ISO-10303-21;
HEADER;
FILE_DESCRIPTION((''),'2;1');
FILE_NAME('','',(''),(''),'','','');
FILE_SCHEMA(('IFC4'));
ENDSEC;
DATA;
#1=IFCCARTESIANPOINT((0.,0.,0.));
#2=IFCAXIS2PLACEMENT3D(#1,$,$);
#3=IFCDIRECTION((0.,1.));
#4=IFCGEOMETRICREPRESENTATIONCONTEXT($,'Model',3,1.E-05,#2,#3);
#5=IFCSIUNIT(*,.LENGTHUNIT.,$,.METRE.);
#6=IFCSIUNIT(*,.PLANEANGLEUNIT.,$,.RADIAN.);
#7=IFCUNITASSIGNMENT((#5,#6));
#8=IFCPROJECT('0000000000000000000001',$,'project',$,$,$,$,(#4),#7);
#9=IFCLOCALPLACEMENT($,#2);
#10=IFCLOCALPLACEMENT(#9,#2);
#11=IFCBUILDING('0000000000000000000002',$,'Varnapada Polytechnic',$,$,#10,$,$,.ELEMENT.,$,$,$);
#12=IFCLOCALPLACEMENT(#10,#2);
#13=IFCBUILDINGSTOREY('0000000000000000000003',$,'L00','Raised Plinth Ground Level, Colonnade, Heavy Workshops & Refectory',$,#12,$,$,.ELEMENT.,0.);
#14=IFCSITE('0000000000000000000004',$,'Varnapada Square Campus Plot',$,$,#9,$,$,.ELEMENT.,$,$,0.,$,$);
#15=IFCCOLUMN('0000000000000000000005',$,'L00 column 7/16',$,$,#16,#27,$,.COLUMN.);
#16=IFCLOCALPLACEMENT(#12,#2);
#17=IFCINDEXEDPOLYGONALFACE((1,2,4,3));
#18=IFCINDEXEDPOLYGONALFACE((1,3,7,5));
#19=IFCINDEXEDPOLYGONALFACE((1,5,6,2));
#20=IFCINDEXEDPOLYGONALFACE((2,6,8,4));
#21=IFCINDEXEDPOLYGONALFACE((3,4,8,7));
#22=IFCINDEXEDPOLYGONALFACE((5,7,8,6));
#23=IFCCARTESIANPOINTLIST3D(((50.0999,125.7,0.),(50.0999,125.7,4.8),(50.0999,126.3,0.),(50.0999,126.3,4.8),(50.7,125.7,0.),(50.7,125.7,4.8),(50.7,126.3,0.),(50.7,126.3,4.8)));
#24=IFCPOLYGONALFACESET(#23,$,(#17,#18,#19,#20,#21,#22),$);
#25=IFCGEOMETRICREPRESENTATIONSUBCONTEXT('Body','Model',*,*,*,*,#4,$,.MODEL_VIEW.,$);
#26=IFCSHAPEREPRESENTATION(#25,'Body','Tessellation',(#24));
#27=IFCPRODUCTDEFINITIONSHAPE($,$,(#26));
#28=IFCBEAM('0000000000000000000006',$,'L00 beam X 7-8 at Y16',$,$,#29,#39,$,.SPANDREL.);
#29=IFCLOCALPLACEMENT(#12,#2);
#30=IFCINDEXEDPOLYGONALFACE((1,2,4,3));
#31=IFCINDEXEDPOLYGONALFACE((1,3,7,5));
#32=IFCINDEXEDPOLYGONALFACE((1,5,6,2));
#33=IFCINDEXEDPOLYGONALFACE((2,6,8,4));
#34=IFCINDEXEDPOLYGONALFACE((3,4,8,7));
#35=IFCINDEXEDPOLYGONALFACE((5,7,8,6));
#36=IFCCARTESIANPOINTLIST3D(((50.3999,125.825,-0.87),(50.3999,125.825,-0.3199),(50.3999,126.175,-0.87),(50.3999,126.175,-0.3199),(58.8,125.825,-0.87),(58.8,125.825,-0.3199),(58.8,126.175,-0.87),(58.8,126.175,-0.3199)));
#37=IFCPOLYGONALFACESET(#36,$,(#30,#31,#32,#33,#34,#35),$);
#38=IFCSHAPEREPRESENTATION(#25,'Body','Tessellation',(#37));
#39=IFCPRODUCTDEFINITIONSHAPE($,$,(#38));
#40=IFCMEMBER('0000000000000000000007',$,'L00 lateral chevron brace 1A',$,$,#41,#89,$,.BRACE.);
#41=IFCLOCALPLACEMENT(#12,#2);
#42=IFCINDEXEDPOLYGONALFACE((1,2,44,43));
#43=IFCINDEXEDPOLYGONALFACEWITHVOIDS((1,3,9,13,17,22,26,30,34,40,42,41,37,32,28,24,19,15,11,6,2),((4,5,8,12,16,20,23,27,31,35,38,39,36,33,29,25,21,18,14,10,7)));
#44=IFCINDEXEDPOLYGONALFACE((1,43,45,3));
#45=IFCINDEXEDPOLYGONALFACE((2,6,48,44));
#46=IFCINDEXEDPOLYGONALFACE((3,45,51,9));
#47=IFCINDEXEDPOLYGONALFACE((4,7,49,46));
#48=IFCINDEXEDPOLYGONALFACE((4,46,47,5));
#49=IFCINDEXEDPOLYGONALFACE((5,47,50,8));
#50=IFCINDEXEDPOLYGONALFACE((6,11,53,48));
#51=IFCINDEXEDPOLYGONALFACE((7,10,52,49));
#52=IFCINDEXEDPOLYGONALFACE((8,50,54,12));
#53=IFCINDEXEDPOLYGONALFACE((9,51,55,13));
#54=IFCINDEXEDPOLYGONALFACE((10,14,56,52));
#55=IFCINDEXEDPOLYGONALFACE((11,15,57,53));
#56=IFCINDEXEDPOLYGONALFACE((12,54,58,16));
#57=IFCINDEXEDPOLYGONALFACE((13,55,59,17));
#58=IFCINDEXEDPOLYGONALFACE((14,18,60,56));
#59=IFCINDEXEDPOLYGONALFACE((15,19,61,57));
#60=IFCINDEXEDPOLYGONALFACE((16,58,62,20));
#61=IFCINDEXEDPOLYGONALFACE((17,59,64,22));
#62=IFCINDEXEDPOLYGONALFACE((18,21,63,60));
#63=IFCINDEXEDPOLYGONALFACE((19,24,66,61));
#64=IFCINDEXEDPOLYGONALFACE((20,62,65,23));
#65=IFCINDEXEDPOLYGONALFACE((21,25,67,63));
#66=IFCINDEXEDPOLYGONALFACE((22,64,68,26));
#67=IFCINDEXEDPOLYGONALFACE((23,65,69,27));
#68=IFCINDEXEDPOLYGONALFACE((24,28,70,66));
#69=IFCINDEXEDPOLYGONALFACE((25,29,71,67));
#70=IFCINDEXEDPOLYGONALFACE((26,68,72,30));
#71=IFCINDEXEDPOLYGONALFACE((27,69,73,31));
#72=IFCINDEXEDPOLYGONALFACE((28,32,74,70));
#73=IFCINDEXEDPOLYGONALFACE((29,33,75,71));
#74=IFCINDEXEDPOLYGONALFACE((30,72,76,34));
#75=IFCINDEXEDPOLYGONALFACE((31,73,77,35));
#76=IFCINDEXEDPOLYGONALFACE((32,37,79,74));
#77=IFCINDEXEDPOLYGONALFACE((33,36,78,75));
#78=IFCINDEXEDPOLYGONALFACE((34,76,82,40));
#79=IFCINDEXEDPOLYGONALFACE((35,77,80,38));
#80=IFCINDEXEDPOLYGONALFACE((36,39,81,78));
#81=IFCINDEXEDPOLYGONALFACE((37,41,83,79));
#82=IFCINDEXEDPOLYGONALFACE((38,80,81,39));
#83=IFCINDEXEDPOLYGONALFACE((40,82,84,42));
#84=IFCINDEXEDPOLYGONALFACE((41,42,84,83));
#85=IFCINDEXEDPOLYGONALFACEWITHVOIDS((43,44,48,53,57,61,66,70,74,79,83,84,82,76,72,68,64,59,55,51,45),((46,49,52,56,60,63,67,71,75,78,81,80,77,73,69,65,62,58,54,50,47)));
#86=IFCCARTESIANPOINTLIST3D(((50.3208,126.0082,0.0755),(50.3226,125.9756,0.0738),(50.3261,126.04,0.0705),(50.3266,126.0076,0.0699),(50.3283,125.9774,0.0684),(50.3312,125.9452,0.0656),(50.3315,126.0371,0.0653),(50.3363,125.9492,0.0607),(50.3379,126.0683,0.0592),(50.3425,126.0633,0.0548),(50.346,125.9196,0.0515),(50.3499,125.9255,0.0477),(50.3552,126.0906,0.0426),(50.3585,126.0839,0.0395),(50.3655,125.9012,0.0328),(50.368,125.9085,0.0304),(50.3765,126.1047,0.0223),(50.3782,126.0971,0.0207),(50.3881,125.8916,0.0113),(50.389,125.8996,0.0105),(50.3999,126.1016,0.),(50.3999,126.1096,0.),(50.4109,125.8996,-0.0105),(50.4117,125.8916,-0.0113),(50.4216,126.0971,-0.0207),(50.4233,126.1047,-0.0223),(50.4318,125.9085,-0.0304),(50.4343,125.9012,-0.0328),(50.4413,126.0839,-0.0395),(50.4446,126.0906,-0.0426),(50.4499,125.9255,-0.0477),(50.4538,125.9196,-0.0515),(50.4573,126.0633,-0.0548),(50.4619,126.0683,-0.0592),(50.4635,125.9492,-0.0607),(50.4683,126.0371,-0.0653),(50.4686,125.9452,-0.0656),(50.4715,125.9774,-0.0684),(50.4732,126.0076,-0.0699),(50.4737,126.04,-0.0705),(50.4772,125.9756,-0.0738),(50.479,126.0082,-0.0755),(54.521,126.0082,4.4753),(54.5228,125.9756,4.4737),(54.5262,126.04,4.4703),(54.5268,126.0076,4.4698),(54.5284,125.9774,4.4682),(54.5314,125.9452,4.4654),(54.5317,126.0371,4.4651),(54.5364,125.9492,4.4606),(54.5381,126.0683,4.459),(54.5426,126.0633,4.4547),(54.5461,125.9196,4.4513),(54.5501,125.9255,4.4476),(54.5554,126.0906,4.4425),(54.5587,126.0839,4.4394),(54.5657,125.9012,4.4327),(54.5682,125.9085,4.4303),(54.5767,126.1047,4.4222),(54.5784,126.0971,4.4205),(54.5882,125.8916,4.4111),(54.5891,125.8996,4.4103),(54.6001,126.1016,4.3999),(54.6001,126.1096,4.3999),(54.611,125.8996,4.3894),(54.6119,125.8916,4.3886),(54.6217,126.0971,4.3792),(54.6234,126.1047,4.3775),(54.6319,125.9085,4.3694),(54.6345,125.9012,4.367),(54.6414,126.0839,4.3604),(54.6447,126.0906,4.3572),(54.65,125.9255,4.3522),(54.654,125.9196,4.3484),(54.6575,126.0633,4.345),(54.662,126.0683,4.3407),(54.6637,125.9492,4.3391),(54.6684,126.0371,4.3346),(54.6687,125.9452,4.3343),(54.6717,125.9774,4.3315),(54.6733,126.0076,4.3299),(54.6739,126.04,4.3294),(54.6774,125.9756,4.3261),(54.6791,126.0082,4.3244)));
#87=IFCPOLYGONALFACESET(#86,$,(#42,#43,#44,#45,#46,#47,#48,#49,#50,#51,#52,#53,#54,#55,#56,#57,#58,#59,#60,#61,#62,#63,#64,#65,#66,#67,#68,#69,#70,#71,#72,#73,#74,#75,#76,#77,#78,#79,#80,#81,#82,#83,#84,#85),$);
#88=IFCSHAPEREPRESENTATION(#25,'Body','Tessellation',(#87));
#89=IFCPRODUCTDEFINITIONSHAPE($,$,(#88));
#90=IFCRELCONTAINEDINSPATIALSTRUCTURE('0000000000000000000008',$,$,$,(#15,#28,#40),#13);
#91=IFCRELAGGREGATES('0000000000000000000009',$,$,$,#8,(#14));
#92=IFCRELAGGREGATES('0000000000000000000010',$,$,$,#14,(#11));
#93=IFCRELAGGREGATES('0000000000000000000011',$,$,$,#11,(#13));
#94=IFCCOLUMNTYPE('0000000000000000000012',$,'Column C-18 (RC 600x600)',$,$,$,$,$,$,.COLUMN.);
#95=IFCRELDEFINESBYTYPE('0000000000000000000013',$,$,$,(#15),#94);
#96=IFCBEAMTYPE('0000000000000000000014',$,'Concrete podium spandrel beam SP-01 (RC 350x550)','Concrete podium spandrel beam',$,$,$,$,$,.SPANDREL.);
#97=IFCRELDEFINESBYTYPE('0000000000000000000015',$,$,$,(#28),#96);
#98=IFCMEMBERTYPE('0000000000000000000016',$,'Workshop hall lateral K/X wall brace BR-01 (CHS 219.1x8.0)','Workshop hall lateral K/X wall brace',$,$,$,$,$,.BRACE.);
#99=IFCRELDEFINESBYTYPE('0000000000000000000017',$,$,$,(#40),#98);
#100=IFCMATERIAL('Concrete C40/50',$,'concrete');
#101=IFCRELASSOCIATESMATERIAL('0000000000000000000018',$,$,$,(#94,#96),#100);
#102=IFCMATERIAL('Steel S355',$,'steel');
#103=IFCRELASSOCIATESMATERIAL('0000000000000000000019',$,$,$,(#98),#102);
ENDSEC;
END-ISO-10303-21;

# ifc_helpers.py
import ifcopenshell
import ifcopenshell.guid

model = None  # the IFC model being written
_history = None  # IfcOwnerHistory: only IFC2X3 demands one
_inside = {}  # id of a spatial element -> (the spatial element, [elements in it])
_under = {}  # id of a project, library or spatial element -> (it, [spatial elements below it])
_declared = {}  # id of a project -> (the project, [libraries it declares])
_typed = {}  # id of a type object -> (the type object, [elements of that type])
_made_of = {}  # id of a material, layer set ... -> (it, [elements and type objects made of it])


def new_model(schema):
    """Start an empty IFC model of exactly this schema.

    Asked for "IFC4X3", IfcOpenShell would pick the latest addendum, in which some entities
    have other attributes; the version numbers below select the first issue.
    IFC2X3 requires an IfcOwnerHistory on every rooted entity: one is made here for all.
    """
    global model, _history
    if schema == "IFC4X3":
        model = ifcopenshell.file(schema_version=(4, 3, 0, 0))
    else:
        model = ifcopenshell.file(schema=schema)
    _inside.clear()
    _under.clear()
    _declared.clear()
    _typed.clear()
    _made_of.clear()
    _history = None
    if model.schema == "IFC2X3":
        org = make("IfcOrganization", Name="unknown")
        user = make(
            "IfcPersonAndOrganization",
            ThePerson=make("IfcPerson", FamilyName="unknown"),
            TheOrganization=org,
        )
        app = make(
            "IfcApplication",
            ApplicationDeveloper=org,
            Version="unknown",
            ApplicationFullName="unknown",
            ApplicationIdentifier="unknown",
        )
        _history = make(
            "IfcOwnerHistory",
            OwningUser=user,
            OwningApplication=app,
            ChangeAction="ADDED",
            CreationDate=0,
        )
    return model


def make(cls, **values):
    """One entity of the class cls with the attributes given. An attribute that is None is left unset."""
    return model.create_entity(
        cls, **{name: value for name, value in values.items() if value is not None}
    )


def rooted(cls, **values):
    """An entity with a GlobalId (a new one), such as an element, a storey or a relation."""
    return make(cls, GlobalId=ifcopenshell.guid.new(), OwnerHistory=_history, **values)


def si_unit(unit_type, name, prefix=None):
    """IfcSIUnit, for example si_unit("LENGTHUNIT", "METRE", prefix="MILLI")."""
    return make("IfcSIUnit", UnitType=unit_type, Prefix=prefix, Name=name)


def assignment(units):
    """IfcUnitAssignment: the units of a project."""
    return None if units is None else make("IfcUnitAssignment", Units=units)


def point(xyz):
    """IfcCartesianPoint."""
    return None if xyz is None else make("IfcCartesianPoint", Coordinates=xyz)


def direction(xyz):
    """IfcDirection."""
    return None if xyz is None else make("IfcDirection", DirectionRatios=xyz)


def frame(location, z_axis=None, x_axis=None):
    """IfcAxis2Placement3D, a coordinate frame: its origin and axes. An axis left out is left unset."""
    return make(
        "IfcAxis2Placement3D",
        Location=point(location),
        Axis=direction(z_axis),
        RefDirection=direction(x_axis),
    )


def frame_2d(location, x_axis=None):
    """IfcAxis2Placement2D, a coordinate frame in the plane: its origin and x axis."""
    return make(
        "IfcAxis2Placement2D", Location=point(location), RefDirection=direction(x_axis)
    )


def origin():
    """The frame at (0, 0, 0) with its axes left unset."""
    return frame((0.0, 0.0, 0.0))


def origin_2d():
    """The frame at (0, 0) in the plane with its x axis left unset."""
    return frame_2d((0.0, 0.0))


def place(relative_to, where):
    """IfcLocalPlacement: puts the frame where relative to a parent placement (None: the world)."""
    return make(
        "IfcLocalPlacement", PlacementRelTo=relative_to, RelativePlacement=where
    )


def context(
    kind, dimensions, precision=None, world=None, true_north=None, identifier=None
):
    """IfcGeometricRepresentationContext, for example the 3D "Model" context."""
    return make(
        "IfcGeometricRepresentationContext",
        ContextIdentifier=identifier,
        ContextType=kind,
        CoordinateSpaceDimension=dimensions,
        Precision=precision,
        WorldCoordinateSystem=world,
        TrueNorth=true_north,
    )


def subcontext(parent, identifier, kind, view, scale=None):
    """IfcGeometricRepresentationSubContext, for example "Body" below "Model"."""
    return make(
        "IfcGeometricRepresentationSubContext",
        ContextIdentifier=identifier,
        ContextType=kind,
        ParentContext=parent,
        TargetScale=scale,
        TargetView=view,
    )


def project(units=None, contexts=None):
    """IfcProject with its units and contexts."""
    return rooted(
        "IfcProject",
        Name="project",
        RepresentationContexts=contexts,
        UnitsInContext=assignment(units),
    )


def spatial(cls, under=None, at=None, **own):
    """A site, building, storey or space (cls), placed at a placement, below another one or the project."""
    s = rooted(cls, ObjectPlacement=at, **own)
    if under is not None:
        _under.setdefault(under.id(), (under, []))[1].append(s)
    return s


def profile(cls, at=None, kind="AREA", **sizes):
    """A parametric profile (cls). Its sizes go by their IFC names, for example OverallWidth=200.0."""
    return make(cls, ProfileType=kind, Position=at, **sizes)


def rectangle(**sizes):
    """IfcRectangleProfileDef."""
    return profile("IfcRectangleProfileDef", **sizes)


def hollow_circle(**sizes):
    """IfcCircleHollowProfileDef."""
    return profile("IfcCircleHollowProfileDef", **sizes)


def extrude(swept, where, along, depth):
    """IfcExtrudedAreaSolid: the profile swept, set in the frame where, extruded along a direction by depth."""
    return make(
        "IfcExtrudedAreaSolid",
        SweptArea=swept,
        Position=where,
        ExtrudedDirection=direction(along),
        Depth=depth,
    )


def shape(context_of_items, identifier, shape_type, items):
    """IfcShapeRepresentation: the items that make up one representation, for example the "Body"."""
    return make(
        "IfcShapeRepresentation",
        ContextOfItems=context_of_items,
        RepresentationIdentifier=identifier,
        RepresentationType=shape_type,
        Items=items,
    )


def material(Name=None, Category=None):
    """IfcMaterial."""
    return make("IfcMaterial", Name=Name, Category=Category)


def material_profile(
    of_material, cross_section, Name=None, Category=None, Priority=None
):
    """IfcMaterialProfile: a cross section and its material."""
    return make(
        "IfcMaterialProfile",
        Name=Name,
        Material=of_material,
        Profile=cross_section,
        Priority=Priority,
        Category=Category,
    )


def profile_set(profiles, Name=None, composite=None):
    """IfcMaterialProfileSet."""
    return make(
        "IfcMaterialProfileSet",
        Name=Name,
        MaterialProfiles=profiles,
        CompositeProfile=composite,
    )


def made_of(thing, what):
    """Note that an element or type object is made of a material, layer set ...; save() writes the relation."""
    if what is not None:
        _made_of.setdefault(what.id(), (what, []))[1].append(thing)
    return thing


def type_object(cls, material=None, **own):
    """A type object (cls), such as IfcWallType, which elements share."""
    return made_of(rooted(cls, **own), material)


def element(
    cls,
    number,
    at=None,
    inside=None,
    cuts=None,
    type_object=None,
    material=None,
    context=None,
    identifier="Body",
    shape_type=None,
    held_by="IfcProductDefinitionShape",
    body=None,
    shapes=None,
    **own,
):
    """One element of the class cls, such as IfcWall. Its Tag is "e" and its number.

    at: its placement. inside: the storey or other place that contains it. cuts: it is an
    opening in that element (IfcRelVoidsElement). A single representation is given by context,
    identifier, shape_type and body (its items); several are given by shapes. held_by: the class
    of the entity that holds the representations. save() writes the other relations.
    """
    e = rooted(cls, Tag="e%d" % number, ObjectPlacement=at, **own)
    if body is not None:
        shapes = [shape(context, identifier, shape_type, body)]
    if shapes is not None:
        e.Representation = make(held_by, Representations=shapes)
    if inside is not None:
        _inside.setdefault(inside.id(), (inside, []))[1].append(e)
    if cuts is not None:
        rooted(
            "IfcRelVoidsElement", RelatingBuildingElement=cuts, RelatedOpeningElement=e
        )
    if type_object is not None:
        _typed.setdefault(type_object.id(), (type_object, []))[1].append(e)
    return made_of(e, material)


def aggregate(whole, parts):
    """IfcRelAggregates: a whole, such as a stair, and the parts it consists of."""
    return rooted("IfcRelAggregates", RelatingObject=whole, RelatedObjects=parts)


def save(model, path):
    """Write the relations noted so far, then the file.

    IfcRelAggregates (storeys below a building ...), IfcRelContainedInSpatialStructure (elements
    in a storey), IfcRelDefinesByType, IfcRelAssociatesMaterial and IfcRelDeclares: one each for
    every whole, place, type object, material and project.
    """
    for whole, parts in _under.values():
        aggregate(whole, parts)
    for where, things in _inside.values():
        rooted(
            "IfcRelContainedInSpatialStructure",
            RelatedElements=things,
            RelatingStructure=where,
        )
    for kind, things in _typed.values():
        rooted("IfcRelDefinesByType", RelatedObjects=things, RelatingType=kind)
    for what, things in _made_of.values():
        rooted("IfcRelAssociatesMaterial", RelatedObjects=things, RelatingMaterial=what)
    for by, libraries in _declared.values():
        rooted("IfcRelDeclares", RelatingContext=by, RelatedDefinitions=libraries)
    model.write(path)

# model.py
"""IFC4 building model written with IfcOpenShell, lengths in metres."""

from ifc_helpers import new_model, si_unit, direction, frame, origin, origin_2d, place, context, subcontext, project, spatial, rectangle, hollow_circle, extrude, material, material_profile, profile_set, type_object, element, save


model = new_model("IFC4")

# Units and contexts
model_context = context("Model", 3, precision=1e-05, world=origin(), true_north=direction((0.0, 1.0)))
body_context = subcontext(model_context, "Body", "Model", "MODEL_VIEW")
ifc_project = project(units=[si_unit("LENGTHUNIT", "METRE"), si_unit("PLANEANGLEUNIT", "RADIAN")], contexts=[model_context])

# Site, building, storey
site_placement = place(None, origin())
site = spatial("IfcSite", under=ifc_project, at=site_placement, Name="Varnapada Square Campus Plot", CompositionType="ELEMENT", RefElevation=0.0)
building_placement = place(site_placement, origin())
building = spatial("IfcBuilding", under=site, at=building_placement, Name="Varnapada Polytechnic", CompositionType="ELEMENT")
storey_placement = place(building_placement, origin())
storey = spatial("IfcBuildingStorey", under=building, at=storey_placement, Name="L00", Description="Raised Plinth Ground Level, Colonnade, Heavy Workshops & Refectory", CompositionType="ELEMENT", Elevation=0.0)

# Column
ifc_material_1 = material(Name="Concrete C40/50", Category="concrete")
ifc_material_profile_1 = material_profile(ifc_material_1, rectangle(XDim=0.6001, YDim=0.6001, at=origin_2d()), Name="RC 600x600")
ifc_profile_set_1 = profile_set([ifc_material_profile_1], Name="Concrete C40/50")
column_type = type_object("IfcColumnType", Name="Column C-18 (RC 600x600)", PredefinedType="COLUMN", material=ifc_profile_set_1)
column_placement = place(storey_placement, frame((50.3999, 126.0, 0.0), z_axis=(0.0, 0.0, 1.0), x_axis=(1.0, 0.0, 0.0)))
element("IfcColumn", 1, at=column_placement, inside=storey, type_object=column_type, Name="L00 column 7/16", PredefinedType="COLUMN", context=body_context, shape_type="SweptSolid", body=[
    extrude(rectangle(XDim=0.6001, YDim=0.6001, at=origin_2d()), origin(), (0.0, 0.0, 1.0), 4.8),
])

# Beam
ifc_material_profile_2 = material_profile(ifc_material_1, rectangle(XDim=0.3501, YDim=0.55, at=origin_2d()), Name="RC 350x550")
ifc_profile_set_2 = profile_set([ifc_material_profile_2], Name="Concrete C40/50")
beam_type = type_object("IfcBeamType", Name="Concrete podium spandrel beam SP-01 (RC 350x550)", Description="Concrete podium spandrel beam", PredefinedType="SPANDREL", material=ifc_profile_set_2)
beam_placement = place(storey_placement, frame((50.3999, 126.0, -0.595), z_axis=(1.0, 0.0, 0.0), x_axis=(0.0, 1.0, 0.0)))
element("IfcBeam", 2, at=beam_placement, inside=storey, type_object=beam_type, Name="L00 beam X 7-8 at Y16", PredefinedType="SPANDREL", context=body_context, shape_type="SweptSolid", body=[
    extrude(rectangle(XDim=0.3501, YDim=0.55, at=origin_2d()), origin(), (0.0, 0.0, 1.0), 8.4001),
])

# Member
ifc_material_2 = material(Name="Steel S355", Category="steel")
ifc_material_profile_3 = material_profile(ifc_material_2, hollow_circle(Radius=0.1096, WallThickness=0.0081, at=origin_2d()), Name="CHS 219.1x8.0")
ifc_profile_set_3 = profile_set([ifc_material_profile_3], Name="Steel S355")
member_type = type_object("IfcMemberType", Name="Workshop hall lateral K/X wall brace BR-01 (CHS 219.1x8.0)", Description="Workshop hall lateral K/X wall brace", PredefinedType="BRACE", material=ifc_profile_set_3)
member_placement = place(storey_placement, frame((50.3999, 126.0, 0.0), z_axis=(0.690501, 0.0, 0.723332), x_axis=(0.0, 1.0, 0.0)))
element("IfcMember", 3, at=member_placement, inside=storey, type_object=member_type, Name="L00 lateral chevron brace 1A", PredefinedType="BRACE", context=body_context, shape_type="SweptSolid", body=[
    extrude(hollow_circle(Radius=0.1096, WallThickness=0.0081, at=origin_2d()), origin(), (0.0, 0.0, 1.0), 6.0828),
])

save(model, "model.ifc")
